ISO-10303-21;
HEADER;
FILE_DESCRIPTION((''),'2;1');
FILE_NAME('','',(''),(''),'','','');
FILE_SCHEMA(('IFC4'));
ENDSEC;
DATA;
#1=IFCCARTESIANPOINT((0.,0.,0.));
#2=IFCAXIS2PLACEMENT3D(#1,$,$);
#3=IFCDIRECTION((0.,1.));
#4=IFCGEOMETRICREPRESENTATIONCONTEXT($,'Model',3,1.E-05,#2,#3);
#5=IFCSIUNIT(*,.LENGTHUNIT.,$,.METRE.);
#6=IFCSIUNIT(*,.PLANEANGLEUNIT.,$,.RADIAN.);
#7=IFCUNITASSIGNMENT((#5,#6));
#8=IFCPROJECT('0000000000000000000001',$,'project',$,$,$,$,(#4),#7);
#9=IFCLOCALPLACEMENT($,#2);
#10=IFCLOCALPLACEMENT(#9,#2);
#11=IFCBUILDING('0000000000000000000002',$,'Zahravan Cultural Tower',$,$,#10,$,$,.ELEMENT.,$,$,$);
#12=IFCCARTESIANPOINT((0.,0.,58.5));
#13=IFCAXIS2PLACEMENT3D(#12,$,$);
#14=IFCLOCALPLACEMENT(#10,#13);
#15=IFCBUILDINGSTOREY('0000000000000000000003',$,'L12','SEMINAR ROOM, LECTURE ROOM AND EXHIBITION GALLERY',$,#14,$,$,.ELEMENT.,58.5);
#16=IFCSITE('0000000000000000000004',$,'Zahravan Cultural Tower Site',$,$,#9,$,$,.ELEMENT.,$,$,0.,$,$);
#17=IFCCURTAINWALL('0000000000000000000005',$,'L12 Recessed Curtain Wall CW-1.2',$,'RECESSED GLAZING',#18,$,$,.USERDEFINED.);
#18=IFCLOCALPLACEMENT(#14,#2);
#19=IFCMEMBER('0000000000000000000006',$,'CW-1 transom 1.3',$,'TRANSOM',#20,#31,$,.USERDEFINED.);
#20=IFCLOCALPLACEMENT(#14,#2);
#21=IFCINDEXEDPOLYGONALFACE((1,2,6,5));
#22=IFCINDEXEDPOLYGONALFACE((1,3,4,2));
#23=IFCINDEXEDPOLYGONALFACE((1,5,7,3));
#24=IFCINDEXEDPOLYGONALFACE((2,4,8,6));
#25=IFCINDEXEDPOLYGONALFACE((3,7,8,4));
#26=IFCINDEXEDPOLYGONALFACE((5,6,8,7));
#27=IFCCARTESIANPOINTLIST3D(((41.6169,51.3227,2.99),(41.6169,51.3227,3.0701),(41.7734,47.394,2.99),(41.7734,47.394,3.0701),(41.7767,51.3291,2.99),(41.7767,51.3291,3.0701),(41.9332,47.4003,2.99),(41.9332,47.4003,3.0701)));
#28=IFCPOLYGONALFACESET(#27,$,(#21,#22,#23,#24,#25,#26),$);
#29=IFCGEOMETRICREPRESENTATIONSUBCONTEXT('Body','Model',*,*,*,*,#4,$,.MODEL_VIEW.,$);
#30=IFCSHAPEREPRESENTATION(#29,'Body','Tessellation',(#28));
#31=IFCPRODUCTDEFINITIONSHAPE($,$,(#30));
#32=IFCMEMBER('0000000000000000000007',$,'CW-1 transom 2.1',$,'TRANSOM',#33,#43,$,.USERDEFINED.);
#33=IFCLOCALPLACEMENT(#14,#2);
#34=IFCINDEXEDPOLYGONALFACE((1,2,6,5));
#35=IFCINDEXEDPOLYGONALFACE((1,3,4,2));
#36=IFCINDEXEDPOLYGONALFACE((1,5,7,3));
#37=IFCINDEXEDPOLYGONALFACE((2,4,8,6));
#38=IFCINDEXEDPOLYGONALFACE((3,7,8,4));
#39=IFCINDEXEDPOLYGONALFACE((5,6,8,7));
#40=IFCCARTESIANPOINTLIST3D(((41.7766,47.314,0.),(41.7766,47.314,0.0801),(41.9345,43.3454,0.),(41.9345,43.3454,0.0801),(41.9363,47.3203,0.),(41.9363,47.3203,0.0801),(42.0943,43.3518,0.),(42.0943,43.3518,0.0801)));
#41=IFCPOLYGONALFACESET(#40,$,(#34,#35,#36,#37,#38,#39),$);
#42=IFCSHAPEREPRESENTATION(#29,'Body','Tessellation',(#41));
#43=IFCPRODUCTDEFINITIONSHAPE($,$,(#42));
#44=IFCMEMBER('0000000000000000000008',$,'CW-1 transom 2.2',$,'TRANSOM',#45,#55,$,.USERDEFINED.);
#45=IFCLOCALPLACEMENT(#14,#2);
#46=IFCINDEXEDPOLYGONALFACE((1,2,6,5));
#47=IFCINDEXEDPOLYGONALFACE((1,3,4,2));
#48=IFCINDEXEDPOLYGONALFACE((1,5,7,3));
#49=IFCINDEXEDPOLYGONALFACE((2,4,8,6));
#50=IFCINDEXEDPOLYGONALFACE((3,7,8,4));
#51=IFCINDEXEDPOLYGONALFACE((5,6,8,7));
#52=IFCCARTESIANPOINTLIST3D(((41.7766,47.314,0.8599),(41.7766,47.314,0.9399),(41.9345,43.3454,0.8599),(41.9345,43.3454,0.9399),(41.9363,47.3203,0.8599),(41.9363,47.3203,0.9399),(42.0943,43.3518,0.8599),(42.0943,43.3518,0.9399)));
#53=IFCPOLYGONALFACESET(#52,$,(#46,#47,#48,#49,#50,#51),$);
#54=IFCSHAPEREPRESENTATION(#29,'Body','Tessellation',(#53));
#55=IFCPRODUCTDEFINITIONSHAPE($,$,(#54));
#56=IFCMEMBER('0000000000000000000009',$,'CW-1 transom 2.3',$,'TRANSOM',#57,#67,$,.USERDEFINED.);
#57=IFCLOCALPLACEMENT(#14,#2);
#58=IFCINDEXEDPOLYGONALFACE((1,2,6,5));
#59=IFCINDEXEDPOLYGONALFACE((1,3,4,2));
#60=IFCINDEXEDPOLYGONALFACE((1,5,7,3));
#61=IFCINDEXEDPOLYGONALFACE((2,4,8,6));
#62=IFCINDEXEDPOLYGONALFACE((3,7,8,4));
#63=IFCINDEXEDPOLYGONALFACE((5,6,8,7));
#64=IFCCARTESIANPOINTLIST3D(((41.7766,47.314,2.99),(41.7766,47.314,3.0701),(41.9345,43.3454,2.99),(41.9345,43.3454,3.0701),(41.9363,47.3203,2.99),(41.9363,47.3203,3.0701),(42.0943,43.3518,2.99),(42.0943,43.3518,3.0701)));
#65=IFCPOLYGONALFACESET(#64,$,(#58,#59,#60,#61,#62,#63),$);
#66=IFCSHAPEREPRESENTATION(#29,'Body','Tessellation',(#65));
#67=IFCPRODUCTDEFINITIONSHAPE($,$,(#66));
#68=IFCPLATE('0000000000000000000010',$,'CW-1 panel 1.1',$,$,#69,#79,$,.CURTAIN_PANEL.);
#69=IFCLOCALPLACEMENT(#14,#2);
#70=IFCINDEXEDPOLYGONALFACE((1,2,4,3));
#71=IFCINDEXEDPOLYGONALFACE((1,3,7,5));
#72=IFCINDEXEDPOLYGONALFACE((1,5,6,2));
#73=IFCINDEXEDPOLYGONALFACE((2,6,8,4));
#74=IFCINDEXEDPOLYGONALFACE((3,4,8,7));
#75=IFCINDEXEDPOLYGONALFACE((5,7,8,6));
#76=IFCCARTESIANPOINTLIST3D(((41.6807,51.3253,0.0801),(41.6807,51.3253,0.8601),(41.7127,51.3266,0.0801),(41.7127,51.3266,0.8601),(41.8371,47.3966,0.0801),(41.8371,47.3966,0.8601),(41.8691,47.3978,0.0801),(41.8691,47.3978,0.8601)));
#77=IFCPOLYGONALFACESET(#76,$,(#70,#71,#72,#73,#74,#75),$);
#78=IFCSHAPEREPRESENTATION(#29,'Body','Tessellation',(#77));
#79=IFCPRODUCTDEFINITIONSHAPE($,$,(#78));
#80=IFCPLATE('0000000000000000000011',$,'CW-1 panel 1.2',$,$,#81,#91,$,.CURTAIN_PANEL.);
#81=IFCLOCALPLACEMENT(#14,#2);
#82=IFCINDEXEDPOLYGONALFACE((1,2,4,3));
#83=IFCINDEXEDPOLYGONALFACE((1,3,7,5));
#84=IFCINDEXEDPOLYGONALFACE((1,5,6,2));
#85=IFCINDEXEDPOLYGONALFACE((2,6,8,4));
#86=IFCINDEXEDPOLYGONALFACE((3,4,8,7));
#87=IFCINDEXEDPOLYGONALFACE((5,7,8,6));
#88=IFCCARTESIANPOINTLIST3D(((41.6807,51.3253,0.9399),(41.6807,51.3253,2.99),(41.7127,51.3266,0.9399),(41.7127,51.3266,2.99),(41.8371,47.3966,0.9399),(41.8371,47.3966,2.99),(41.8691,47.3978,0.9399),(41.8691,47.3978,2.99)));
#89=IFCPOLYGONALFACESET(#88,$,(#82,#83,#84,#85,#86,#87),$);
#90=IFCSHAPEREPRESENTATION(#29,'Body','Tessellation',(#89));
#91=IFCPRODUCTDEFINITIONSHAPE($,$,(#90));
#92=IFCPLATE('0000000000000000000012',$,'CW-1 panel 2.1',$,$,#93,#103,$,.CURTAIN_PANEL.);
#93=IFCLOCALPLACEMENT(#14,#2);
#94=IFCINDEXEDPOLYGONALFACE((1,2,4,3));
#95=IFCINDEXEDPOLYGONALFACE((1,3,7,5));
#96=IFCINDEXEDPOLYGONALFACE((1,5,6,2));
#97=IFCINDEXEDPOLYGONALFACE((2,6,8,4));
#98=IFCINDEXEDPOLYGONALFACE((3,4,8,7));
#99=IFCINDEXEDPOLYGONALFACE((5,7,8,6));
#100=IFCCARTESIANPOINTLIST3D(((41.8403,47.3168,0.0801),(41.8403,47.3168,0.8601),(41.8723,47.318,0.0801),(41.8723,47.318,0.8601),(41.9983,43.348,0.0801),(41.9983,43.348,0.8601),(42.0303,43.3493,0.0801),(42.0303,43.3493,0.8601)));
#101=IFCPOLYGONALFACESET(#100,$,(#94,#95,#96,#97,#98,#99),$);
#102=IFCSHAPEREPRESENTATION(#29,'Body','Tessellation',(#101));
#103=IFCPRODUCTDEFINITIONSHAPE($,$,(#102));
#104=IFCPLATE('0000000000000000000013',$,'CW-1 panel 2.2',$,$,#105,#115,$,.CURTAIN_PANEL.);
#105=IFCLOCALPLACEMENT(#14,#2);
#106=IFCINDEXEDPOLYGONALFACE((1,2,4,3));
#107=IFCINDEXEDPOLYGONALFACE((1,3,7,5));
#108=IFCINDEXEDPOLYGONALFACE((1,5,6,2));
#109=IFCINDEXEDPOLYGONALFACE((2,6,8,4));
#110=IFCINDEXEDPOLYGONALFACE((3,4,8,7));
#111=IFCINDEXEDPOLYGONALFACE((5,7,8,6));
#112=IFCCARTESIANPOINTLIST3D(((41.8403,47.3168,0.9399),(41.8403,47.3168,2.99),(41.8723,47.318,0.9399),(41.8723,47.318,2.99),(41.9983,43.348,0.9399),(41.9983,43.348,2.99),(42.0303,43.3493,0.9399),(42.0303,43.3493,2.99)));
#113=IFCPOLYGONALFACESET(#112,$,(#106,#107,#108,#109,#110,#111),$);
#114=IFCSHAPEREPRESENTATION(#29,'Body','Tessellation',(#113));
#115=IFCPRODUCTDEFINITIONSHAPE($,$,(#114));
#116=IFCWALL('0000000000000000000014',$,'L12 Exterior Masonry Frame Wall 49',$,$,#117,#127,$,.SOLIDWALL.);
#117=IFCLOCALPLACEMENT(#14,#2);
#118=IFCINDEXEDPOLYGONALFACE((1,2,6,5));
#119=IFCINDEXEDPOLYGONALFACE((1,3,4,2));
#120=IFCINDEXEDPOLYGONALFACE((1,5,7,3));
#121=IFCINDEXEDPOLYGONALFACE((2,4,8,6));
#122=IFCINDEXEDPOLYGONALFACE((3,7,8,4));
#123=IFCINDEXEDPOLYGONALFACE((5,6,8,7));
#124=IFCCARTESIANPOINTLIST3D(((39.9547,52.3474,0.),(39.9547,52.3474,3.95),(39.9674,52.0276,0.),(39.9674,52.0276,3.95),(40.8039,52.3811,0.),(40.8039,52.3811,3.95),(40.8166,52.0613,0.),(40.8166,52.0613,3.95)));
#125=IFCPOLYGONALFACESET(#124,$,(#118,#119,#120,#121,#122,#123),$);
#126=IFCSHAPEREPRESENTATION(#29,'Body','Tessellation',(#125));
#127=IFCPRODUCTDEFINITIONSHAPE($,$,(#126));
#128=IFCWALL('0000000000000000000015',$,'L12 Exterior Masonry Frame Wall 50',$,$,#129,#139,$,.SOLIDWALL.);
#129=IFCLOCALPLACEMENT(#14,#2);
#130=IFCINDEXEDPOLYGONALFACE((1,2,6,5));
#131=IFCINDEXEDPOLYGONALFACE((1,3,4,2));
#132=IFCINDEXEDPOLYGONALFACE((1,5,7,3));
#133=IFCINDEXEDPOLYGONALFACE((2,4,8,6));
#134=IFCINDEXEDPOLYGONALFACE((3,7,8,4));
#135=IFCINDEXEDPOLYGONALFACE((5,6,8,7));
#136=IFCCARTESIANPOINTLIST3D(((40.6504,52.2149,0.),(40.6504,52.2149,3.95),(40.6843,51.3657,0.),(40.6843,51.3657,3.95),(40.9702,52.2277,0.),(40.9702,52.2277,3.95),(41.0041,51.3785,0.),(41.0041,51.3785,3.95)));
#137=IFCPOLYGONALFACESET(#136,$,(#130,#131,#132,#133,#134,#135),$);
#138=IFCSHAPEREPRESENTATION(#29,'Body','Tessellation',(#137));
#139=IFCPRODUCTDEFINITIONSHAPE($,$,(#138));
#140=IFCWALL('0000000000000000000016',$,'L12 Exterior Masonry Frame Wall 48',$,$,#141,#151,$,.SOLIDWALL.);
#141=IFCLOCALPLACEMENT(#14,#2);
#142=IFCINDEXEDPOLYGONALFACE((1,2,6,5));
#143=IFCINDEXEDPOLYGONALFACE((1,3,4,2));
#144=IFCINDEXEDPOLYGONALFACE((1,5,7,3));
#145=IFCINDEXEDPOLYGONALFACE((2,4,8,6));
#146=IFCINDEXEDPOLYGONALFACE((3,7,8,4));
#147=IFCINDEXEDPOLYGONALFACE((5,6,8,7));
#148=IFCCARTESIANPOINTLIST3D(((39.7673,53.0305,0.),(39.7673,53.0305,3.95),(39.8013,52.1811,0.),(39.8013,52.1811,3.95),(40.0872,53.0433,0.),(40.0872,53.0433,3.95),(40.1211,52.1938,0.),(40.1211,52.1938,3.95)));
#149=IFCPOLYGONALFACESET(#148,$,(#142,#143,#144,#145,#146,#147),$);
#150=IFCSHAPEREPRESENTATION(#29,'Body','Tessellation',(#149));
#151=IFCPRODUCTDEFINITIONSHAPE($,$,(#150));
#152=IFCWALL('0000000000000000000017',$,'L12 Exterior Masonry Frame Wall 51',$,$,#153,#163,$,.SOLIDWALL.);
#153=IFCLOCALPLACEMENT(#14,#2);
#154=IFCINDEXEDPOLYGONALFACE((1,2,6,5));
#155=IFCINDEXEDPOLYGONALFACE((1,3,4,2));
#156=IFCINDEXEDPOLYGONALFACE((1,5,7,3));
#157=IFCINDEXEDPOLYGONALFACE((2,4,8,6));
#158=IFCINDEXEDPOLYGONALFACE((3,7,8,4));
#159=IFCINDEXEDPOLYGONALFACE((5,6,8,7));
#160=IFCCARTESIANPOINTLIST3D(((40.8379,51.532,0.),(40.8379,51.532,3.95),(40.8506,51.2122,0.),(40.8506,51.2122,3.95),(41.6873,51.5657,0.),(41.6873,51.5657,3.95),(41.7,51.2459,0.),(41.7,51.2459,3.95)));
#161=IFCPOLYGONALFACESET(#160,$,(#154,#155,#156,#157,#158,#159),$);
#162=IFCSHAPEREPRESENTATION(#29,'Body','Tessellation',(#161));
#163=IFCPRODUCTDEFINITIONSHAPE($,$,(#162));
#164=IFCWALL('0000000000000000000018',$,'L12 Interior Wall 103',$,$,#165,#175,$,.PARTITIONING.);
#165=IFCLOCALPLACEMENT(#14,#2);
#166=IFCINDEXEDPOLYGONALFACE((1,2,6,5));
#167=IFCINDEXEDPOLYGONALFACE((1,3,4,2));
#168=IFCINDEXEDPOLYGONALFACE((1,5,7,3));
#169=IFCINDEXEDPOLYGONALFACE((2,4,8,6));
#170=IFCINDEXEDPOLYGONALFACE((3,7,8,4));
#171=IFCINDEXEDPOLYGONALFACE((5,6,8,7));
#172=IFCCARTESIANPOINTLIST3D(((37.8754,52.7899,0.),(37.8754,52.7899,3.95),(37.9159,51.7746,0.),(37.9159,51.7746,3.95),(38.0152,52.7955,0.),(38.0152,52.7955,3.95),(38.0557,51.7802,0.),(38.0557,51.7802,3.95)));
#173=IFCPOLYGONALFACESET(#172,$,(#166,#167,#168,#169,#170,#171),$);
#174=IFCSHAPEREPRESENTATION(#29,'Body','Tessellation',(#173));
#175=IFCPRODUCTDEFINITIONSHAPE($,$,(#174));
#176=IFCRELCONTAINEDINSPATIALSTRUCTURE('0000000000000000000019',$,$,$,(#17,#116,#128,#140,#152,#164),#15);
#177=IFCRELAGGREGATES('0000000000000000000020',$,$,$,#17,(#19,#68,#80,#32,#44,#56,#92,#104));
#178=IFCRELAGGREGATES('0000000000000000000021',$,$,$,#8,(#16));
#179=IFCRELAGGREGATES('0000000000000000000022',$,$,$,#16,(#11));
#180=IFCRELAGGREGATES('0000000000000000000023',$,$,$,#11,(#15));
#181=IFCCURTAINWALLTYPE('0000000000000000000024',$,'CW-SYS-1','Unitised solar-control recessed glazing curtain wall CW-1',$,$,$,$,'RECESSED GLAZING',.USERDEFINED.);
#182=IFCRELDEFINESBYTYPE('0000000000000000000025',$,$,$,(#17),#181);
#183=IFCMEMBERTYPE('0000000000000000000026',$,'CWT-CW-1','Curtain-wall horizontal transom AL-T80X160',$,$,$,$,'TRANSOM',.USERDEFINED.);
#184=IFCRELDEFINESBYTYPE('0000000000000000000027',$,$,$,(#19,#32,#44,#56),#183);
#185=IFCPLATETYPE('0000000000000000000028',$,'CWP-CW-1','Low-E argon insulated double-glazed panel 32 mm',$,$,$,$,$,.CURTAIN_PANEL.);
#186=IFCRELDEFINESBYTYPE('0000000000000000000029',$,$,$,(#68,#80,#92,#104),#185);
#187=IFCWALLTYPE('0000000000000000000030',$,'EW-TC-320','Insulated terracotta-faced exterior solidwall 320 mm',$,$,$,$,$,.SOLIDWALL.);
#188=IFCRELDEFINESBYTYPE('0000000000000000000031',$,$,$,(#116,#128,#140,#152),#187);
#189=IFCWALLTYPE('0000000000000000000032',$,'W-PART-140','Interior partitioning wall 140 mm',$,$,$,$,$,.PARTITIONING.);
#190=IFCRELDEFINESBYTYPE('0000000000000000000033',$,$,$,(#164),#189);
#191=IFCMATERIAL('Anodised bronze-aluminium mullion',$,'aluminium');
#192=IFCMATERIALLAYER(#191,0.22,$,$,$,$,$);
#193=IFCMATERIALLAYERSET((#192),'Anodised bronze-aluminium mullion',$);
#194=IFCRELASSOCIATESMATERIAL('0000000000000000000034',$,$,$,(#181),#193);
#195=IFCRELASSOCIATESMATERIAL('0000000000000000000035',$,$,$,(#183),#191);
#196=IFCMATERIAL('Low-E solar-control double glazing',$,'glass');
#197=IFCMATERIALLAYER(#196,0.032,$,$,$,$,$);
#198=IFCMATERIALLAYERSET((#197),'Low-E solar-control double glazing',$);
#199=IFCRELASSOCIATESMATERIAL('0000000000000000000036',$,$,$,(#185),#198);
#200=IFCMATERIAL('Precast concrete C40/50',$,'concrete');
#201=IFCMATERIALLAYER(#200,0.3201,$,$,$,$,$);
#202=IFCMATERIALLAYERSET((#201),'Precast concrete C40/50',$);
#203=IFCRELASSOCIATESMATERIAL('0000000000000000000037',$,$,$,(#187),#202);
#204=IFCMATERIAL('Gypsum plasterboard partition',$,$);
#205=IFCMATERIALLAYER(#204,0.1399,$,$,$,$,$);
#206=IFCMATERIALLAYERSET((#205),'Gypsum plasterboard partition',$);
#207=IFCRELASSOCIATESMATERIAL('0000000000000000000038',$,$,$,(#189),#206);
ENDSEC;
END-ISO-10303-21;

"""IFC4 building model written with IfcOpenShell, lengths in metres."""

from ifc_helpers import new_model, si_unit, direction, frame, frame_2d, origin, origin_2d, place, context, subcontext, project, spatial, rectangle, extrude, source, transform, mapped, material, layer, layer_set, material_profile, profile_set, type_object, element, aggregate, save


model = new_model("IFC4")

# Units and contexts
model_context = context("Model", 3, precision=1e-05, world=origin(), true_north=direction((0.0, 1.0)))
body_context = subcontext(model_context, "Body", "Model", "MODEL_VIEW")
ifc_project = project(units=[si_unit("LENGTHUNIT", "METRE"), si_unit("PLANEANGLEUNIT", "RADIAN")], contexts=[model_context])

# Site, building, storey
site_placement = place(None, origin())
site = spatial("IfcSite", under=ifc_project, at=site_placement, Name="Zahravan Cultural Tower Site", CompositionType="ELEMENT", RefElevation=0.0)
building_placement = place(site_placement, origin())
building = spatial("IfcBuilding", under=site, at=building_placement, Name="Zahravan Cultural Tower", CompositionType="ELEMENT")
storey_placement = place(building_placement, frame((0.0, 0.0, 58.5)))
storey = spatial("IfcBuildingStorey", under=building, at=storey_placement, Name="L12", Description="SEMINAR ROOM, LECTURE ROOM AND EXHIBITION GALLERY", CompositionType="ELEMENT", Elevation=58.5)

# Curtain wall, members, plates
ifc_material_1 = material(Name="Anodised bronze-aluminium mullion", Category="aluminium")
ifc_layer_1 = layer(ifc_material_1, 0.22)
ifc_layer_set_1 = layer_set([ifc_layer_1], Name="Anodised bronze-aluminium mullion")
curtain_wall_type = type_object("IfcCurtainWallType", Name="CW-SYS-1", Description="Unitised solar-control recessed glazing curtain wall CW-1", ElementType="RECESSED GLAZING", PredefinedType="USERDEFINED", material=ifc_layer_set_1)
curtain_wall_placement = place(storey_placement, origin())
curtain_wall = element("IfcCurtainWall", 1, at=curtain_wall_placement, inside=storey, type_object=curtain_wall_type, Name="L12 Recessed Curtain Wall CW-1.2", ObjectType="RECESSED GLAZING", PredefinedType="USERDEFINED")
ifc_material_profile_1 = material_profile(ifc_material_1, rectangle(XDim=0.1599, YDim=0.0801, at=origin_2d()), Name="AL-T80X160")
ifc_profile_set_1 = profile_set([ifc_material_profile_1], Name="Anodised bronze-aluminium mullion")
member_type_1 = type_object("IfcMemberType", Name="CWT-CW-1", Description="Curtain-wall horizontal transom AL-T80X160", ElementType="TRANSOM", PredefinedType="USERDEFINED", material=ifc_profile_set_1)
shared_shape_1 = source(origin(), body_context, "Body", "SweptSolid", [
    extrude(rectangle(XDim=0.1599, YDim=0.0801, at=origin_2d()), origin(), (0.0, 0.0, 1.0), 3.9319),
])
member_1_placement = place(storey_placement, frame((41.6968, 51.3259, 3.03), z_axis=(0.039802, -0.999208, 0.0), x_axis=(0.999208, 0.039802, 0.0)))
member_1 = element("IfcMember", 2, at=member_1_placement, type_object=member_type_1, Name="CW-1 transom 1.3", ObjectType="TRANSOM", PredefinedType="USERDEFINED", context=body_context, shape_type="MappedRepresentation", body=[
    mapped(shared_shape_1, transform((0.0, 0.0, 0.0), x_axis=(1.0, 0.0, 0.0), y_axis=(0.0, 1.0, 0.0), z_axis=(0.0, 0.0, 1.0), scale=1.0)),
])
shared_shape_2 = source(origin(), body_context, "Body", "SweptSolid", [
    extrude(rectangle(XDim=0.1599, YDim=0.0801, at=origin_2d()), origin(), (0.0, 0.0, 1.0), 3.9717),
])
member_2_placement = place(storey_placement, frame((41.8564, 47.3171, 0.04), z_axis=(0.039772, -0.999209, 0.0), x_axis=(0.999209, 0.039772, 0.0)))
member_2 = element("IfcMember", 3, at=member_2_placement, type_object=member_type_1, Name="CW-1 transom 2.1", ObjectType="TRANSOM", PredefinedType="USERDEFINED", context=body_context, shape_type="MappedRepresentation", body=[
    mapped(shared_shape_2, transform((0.0, 0.0, 0.0), x_axis=(1.0, 0.0, 0.0), y_axis=(0.0, 1.0, 0.0), z_axis=(0.0, 0.0, 1.0), scale=1.0)),
])
member_3_placement = place(storey_placement, frame((41.8564, 47.3171, 0.8999), z_axis=(0.039772, -0.999209, 0.0), x_axis=(0.999209, 0.039772, 0.0)))
member_3 = element("IfcMember", 4, at=member_3_placement, type_object=member_type_1, Name="CW-1 transom 2.2", ObjectType="TRANSOM", PredefinedType="USERDEFINED", context=body_context, shape_type="MappedRepresentation", body=[
    mapped(shared_shape_2, transform((0.0, 0.0, 0.0), x_axis=(1.0, 0.0, 0.0), y_axis=(0.0, 1.0, 0.0), z_axis=(0.0, 0.0, 1.0), scale=1.0)),
])
member_4_placement = place(storey_placement, frame((41.8564, 47.3171, 3.03), z_axis=(0.039772, -0.999209, 0.0), x_axis=(0.999209, 0.039772, 0.0)))
member_4 = element("IfcMember", 5, at=member_4_placement, type_object=member_type_1, Name="CW-1 transom 2.3", ObjectType="TRANSOM", PredefinedType="USERDEFINED", context=body_context, shape_type="MappedRepresentation", body=[
    mapped(shared_shape_2, transform((0.0, 0.0, 0.0), x_axis=(1.0, 0.0, 0.0), y_axis=(0.0, 1.0, 0.0), z_axis=(0.0, 0.0, 1.0), scale=1.0)),
])
ifc_material_2 = material(Name="Low-E solar-control double glazing", Category="glass")
ifc_layer_2 = layer(ifc_material_2, 0.032)
ifc_layer_set_2 = layer_set([ifc_layer_2], Name="Low-E solar-control double glazing")
plate_type = type_object("IfcPlateType", Name="CWP-CW-1", Description="Low-E argon insulated double-glazed panel 32 mm", PredefinedType="CURTAIN_PANEL", material=ifc_layer_set_2)
shared_shape_3 = source(origin(), body_context, "Body", "SweptSolid", [
    extrude(rectangle(XDim=3.9319, YDim=0.032, at=origin_2d()), origin(), (0.0, 0.0, 1.0), 0.78),
])
plate_1_placement = place(storey_placement, frame((41.7749, 49.3616, 0.0801), z_axis=(0.0, 0.0, 1.0), x_axis=(0.039785, -0.999208, 0.0)))
plate_1 = element("IfcPlate", 6, at=plate_1_placement, type_object=plate_type, Name="CW-1 panel 1.1", PredefinedType="CURTAIN_PANEL", context=body_context, shape_type="MappedRepresentation", body=[
    mapped(shared_shape_3, transform((0.0, 0.0, 0.0), x_axis=(1.0, 0.0, 0.0), y_axis=(0.0, 1.0, 0.0), z_axis=(0.0, 0.0, 1.0), scale=1.0)),
])
shared_shape_4 = source(origin(), body_context, "Body", "SweptSolid", [
    extrude(rectangle(XDim=3.9319, YDim=0.032, at=origin_2d()), origin(), (0.0, 0.0, 1.0), 2.05),
])
plate_2_placement = place(storey_placement, frame((41.7749, 49.3616, 0.9399), z_axis=(0.0, 0.0, 1.0), x_axis=(0.039785, -0.999208, 0.0)))
plate_2 = element("IfcPlate", 7, at=plate_2_placement, type_object=plate_type, Name="CW-1 panel 1.2", PredefinedType="CURTAIN_PANEL", context=body_context, shape_type="MappedRepresentation", body=[
    mapped(shared_shape_4, transform((0.0, 0.0, 0.0), x_axis=(1.0, 0.0, 0.0), y_axis=(0.0, 1.0, 0.0), z_axis=(0.0, 0.0, 1.0), scale=1.0)),
])
shared_shape_5 = source(origin(), body_context, "Body", "SweptSolid", [
    extrude(rectangle(XDim=3.9719, YDim=0.032, at=origin_2d()), origin(), (0.0, 0.0, 1.0), 0.78),
])
plate_3_placement = place(storey_placement, frame((41.9353, 45.333, 0.0801), z_axis=(0.0, 0.0, 1.0), x_axis=(0.039785, -0.999208, 0.0)))
plate_3 = element("IfcPlate", 8, at=plate_3_placement, type_object=plate_type, Name="CW-1 panel 2.1", PredefinedType="CURTAIN_PANEL", context=body_context, shape_type="MappedRepresentation", body=[
    mapped(shared_shape_5, transform((0.0, 0.0, 0.0), x_axis=(1.0, 0.0, 0.0), y_axis=(0.0, 1.0, 0.0), z_axis=(0.0, 0.0, 1.0), scale=1.0)),
])
shared_shape_6 = source(origin(), body_context, "Body", "SweptSolid", [
    extrude(rectangle(XDim=3.9719, YDim=0.032, at=origin_2d()), origin(), (0.0, 0.0, 1.0), 2.05),
])
plate_4_placement = place(storey_placement, frame((41.9353, 45.333, 0.9399), z_axis=(0.0, 0.0, 1.0), x_axis=(0.039785, -0.999208, 0.0)))
plate_4 = element("IfcPlate", 9, at=plate_4_placement, type_object=plate_type, Name="CW-1 panel 2.2", PredefinedType="CURTAIN_PANEL", context=body_context, shape_type="MappedRepresentation", body=[
    mapped(shared_shape_6, transform((0.0, 0.0, 0.0), x_axis=(1.0, 0.0, 0.0), y_axis=(0.0, 1.0, 0.0), z_axis=(0.0, 0.0, 1.0), scale=1.0)),
])
aggregate(curtain_wall, [member_1, plate_1, plate_2, member_2, member_3, member_4, plate_3, plate_4])

# Walls
ifc_material_3 = material(Name="Precast concrete C40/50", Category="concrete")
ifc_layer_3 = layer(ifc_material_3, 0.3201)
ifc_layer_set_3 = layer_set([ifc_layer_3], Name="Precast concrete C40/50")
wall_type_1 = type_object("IfcWallType", Name="EW-TC-320", Description="Insulated terracotta-faced exterior solidwall 320 mm", PredefinedType="SOLIDWALL", material=ifc_layer_set_3)
shared_shape_7 = source(origin(), body_context, "Body", "SweptSolid", [
    extrude(rectangle(XDim=0.8499, YDim=0.3201, at=frame_2d((0.4248, 0.0))), origin(), (0.0, 0.0, 1.0), 3.95),
])
for number, where, z_axis, x_axis, name in (
    (10, (39.9612, 52.1875, 0.0), (0.0, 0.0, 1.0), (0.999214, 0.039647, 0.0), "L12 Exterior Masonry Frame Wall 49"),
    (11, (40.8103, 52.2212, 0.0), (0.0, 0.0, 1.0), (0.039934, -0.999202, 0.0), "L12 Exterior Masonry Frame Wall 50"),
):
    element("IfcWall", number, at=place(storey_placement, frame(where, z_axis=z_axis, x_axis=x_axis)), inside=storey, type_object=wall_type_1, Name=name, PredefinedType="SOLIDWALL", context=body_context, shape_type="MappedRepresentation", body=[
        mapped(shared_shape_7, transform((0.0, 0.0, 0.0), x_axis=(1.0, 0.0, 0.0), y_axis=(0.0, 1.0, 0.0), z_axis=(0.0, 0.0, 1.0), scale=1.0)),
    ])
shared_shape_8 = source(origin(), body_context, "Body", "SweptSolid", [
    extrude(rectangle(XDim=0.8501, YDim=0.3201, at=frame_2d((0.425, 0.0))), origin(), (0.0, 0.0, 1.0), 3.95),
])
for number, where, z_axis, x_axis, name in (
    (12, (39.9272, 53.0369, 0.0), (0.0, 0.0, 1.0), (0.039922, -0.999203, 0.0), "L12 Exterior Masonry Frame Wall 48"),
    (13, (40.8442, 51.3721, 0.0), (0.0, 0.0, 1.0), (0.999214, 0.039635, 0.0), "L12 Exterior Masonry Frame Wall 51"),
):
    element("IfcWall", number, at=place(storey_placement, frame(where, z_axis=z_axis, x_axis=x_axis)), inside=storey, type_object=wall_type_1, Name=name, PredefinedType="SOLIDWALL", context=body_context, shape_type="MappedRepresentation", body=[
        mapped(shared_shape_8, transform((0.0, 0.0, 0.0), x_axis=(1.0, 0.0, 0.0), y_axis=(0.0, 1.0, 0.0), z_axis=(0.0, 0.0, 1.0), scale=1.0)),
    ])
ifc_material_4 = material(Name="Gypsum plasterboard partition")
ifc_layer_4 = layer(ifc_material_4, 0.1399)
ifc_layer_set_4 = layer_set([ifc_layer_4], Name="Gypsum plasterboard partition")
wall_type_2 = type_object("IfcWallType", Name="W-PART-140", Description="Interior partitioning wall 140 mm", PredefinedType="PARTITIONING", material=ifc_layer_set_4)
shared_shape_9 = source(origin(), body_context, "Body", "SweptSolid", [
    extrude(rectangle(XDim=1.0161, YDim=0.1399, at=frame_2d((0.5081, 0.0))), origin(), (0.0, 0.0, 1.0), 3.95),
])
wall_1_placement = place(storey_placement, frame((37.9453, 52.7927, 0.0), z_axis=(0.0, 0.0, 1.0), x_axis=(0.039882, -0.999204, 0.0)))
element("IfcWall", 14, at=wall_1_placement, inside=storey, type_object=wall_type_2, Name="L12 Interior Wall 103", PredefinedType="PARTITIONING", context=body_context, shape_type="MappedRepresentation", body=[
    mapped(shared_shape_9, transform((0.0, 0.0, 0.0), x_axis=(1.0, 0.0, 0.0), y_axis=(0.0, 1.0, 0.0), z_axis=(0.0, 0.0, 1.0), scale=1.0)),
])

save(model, "model.ifc")
